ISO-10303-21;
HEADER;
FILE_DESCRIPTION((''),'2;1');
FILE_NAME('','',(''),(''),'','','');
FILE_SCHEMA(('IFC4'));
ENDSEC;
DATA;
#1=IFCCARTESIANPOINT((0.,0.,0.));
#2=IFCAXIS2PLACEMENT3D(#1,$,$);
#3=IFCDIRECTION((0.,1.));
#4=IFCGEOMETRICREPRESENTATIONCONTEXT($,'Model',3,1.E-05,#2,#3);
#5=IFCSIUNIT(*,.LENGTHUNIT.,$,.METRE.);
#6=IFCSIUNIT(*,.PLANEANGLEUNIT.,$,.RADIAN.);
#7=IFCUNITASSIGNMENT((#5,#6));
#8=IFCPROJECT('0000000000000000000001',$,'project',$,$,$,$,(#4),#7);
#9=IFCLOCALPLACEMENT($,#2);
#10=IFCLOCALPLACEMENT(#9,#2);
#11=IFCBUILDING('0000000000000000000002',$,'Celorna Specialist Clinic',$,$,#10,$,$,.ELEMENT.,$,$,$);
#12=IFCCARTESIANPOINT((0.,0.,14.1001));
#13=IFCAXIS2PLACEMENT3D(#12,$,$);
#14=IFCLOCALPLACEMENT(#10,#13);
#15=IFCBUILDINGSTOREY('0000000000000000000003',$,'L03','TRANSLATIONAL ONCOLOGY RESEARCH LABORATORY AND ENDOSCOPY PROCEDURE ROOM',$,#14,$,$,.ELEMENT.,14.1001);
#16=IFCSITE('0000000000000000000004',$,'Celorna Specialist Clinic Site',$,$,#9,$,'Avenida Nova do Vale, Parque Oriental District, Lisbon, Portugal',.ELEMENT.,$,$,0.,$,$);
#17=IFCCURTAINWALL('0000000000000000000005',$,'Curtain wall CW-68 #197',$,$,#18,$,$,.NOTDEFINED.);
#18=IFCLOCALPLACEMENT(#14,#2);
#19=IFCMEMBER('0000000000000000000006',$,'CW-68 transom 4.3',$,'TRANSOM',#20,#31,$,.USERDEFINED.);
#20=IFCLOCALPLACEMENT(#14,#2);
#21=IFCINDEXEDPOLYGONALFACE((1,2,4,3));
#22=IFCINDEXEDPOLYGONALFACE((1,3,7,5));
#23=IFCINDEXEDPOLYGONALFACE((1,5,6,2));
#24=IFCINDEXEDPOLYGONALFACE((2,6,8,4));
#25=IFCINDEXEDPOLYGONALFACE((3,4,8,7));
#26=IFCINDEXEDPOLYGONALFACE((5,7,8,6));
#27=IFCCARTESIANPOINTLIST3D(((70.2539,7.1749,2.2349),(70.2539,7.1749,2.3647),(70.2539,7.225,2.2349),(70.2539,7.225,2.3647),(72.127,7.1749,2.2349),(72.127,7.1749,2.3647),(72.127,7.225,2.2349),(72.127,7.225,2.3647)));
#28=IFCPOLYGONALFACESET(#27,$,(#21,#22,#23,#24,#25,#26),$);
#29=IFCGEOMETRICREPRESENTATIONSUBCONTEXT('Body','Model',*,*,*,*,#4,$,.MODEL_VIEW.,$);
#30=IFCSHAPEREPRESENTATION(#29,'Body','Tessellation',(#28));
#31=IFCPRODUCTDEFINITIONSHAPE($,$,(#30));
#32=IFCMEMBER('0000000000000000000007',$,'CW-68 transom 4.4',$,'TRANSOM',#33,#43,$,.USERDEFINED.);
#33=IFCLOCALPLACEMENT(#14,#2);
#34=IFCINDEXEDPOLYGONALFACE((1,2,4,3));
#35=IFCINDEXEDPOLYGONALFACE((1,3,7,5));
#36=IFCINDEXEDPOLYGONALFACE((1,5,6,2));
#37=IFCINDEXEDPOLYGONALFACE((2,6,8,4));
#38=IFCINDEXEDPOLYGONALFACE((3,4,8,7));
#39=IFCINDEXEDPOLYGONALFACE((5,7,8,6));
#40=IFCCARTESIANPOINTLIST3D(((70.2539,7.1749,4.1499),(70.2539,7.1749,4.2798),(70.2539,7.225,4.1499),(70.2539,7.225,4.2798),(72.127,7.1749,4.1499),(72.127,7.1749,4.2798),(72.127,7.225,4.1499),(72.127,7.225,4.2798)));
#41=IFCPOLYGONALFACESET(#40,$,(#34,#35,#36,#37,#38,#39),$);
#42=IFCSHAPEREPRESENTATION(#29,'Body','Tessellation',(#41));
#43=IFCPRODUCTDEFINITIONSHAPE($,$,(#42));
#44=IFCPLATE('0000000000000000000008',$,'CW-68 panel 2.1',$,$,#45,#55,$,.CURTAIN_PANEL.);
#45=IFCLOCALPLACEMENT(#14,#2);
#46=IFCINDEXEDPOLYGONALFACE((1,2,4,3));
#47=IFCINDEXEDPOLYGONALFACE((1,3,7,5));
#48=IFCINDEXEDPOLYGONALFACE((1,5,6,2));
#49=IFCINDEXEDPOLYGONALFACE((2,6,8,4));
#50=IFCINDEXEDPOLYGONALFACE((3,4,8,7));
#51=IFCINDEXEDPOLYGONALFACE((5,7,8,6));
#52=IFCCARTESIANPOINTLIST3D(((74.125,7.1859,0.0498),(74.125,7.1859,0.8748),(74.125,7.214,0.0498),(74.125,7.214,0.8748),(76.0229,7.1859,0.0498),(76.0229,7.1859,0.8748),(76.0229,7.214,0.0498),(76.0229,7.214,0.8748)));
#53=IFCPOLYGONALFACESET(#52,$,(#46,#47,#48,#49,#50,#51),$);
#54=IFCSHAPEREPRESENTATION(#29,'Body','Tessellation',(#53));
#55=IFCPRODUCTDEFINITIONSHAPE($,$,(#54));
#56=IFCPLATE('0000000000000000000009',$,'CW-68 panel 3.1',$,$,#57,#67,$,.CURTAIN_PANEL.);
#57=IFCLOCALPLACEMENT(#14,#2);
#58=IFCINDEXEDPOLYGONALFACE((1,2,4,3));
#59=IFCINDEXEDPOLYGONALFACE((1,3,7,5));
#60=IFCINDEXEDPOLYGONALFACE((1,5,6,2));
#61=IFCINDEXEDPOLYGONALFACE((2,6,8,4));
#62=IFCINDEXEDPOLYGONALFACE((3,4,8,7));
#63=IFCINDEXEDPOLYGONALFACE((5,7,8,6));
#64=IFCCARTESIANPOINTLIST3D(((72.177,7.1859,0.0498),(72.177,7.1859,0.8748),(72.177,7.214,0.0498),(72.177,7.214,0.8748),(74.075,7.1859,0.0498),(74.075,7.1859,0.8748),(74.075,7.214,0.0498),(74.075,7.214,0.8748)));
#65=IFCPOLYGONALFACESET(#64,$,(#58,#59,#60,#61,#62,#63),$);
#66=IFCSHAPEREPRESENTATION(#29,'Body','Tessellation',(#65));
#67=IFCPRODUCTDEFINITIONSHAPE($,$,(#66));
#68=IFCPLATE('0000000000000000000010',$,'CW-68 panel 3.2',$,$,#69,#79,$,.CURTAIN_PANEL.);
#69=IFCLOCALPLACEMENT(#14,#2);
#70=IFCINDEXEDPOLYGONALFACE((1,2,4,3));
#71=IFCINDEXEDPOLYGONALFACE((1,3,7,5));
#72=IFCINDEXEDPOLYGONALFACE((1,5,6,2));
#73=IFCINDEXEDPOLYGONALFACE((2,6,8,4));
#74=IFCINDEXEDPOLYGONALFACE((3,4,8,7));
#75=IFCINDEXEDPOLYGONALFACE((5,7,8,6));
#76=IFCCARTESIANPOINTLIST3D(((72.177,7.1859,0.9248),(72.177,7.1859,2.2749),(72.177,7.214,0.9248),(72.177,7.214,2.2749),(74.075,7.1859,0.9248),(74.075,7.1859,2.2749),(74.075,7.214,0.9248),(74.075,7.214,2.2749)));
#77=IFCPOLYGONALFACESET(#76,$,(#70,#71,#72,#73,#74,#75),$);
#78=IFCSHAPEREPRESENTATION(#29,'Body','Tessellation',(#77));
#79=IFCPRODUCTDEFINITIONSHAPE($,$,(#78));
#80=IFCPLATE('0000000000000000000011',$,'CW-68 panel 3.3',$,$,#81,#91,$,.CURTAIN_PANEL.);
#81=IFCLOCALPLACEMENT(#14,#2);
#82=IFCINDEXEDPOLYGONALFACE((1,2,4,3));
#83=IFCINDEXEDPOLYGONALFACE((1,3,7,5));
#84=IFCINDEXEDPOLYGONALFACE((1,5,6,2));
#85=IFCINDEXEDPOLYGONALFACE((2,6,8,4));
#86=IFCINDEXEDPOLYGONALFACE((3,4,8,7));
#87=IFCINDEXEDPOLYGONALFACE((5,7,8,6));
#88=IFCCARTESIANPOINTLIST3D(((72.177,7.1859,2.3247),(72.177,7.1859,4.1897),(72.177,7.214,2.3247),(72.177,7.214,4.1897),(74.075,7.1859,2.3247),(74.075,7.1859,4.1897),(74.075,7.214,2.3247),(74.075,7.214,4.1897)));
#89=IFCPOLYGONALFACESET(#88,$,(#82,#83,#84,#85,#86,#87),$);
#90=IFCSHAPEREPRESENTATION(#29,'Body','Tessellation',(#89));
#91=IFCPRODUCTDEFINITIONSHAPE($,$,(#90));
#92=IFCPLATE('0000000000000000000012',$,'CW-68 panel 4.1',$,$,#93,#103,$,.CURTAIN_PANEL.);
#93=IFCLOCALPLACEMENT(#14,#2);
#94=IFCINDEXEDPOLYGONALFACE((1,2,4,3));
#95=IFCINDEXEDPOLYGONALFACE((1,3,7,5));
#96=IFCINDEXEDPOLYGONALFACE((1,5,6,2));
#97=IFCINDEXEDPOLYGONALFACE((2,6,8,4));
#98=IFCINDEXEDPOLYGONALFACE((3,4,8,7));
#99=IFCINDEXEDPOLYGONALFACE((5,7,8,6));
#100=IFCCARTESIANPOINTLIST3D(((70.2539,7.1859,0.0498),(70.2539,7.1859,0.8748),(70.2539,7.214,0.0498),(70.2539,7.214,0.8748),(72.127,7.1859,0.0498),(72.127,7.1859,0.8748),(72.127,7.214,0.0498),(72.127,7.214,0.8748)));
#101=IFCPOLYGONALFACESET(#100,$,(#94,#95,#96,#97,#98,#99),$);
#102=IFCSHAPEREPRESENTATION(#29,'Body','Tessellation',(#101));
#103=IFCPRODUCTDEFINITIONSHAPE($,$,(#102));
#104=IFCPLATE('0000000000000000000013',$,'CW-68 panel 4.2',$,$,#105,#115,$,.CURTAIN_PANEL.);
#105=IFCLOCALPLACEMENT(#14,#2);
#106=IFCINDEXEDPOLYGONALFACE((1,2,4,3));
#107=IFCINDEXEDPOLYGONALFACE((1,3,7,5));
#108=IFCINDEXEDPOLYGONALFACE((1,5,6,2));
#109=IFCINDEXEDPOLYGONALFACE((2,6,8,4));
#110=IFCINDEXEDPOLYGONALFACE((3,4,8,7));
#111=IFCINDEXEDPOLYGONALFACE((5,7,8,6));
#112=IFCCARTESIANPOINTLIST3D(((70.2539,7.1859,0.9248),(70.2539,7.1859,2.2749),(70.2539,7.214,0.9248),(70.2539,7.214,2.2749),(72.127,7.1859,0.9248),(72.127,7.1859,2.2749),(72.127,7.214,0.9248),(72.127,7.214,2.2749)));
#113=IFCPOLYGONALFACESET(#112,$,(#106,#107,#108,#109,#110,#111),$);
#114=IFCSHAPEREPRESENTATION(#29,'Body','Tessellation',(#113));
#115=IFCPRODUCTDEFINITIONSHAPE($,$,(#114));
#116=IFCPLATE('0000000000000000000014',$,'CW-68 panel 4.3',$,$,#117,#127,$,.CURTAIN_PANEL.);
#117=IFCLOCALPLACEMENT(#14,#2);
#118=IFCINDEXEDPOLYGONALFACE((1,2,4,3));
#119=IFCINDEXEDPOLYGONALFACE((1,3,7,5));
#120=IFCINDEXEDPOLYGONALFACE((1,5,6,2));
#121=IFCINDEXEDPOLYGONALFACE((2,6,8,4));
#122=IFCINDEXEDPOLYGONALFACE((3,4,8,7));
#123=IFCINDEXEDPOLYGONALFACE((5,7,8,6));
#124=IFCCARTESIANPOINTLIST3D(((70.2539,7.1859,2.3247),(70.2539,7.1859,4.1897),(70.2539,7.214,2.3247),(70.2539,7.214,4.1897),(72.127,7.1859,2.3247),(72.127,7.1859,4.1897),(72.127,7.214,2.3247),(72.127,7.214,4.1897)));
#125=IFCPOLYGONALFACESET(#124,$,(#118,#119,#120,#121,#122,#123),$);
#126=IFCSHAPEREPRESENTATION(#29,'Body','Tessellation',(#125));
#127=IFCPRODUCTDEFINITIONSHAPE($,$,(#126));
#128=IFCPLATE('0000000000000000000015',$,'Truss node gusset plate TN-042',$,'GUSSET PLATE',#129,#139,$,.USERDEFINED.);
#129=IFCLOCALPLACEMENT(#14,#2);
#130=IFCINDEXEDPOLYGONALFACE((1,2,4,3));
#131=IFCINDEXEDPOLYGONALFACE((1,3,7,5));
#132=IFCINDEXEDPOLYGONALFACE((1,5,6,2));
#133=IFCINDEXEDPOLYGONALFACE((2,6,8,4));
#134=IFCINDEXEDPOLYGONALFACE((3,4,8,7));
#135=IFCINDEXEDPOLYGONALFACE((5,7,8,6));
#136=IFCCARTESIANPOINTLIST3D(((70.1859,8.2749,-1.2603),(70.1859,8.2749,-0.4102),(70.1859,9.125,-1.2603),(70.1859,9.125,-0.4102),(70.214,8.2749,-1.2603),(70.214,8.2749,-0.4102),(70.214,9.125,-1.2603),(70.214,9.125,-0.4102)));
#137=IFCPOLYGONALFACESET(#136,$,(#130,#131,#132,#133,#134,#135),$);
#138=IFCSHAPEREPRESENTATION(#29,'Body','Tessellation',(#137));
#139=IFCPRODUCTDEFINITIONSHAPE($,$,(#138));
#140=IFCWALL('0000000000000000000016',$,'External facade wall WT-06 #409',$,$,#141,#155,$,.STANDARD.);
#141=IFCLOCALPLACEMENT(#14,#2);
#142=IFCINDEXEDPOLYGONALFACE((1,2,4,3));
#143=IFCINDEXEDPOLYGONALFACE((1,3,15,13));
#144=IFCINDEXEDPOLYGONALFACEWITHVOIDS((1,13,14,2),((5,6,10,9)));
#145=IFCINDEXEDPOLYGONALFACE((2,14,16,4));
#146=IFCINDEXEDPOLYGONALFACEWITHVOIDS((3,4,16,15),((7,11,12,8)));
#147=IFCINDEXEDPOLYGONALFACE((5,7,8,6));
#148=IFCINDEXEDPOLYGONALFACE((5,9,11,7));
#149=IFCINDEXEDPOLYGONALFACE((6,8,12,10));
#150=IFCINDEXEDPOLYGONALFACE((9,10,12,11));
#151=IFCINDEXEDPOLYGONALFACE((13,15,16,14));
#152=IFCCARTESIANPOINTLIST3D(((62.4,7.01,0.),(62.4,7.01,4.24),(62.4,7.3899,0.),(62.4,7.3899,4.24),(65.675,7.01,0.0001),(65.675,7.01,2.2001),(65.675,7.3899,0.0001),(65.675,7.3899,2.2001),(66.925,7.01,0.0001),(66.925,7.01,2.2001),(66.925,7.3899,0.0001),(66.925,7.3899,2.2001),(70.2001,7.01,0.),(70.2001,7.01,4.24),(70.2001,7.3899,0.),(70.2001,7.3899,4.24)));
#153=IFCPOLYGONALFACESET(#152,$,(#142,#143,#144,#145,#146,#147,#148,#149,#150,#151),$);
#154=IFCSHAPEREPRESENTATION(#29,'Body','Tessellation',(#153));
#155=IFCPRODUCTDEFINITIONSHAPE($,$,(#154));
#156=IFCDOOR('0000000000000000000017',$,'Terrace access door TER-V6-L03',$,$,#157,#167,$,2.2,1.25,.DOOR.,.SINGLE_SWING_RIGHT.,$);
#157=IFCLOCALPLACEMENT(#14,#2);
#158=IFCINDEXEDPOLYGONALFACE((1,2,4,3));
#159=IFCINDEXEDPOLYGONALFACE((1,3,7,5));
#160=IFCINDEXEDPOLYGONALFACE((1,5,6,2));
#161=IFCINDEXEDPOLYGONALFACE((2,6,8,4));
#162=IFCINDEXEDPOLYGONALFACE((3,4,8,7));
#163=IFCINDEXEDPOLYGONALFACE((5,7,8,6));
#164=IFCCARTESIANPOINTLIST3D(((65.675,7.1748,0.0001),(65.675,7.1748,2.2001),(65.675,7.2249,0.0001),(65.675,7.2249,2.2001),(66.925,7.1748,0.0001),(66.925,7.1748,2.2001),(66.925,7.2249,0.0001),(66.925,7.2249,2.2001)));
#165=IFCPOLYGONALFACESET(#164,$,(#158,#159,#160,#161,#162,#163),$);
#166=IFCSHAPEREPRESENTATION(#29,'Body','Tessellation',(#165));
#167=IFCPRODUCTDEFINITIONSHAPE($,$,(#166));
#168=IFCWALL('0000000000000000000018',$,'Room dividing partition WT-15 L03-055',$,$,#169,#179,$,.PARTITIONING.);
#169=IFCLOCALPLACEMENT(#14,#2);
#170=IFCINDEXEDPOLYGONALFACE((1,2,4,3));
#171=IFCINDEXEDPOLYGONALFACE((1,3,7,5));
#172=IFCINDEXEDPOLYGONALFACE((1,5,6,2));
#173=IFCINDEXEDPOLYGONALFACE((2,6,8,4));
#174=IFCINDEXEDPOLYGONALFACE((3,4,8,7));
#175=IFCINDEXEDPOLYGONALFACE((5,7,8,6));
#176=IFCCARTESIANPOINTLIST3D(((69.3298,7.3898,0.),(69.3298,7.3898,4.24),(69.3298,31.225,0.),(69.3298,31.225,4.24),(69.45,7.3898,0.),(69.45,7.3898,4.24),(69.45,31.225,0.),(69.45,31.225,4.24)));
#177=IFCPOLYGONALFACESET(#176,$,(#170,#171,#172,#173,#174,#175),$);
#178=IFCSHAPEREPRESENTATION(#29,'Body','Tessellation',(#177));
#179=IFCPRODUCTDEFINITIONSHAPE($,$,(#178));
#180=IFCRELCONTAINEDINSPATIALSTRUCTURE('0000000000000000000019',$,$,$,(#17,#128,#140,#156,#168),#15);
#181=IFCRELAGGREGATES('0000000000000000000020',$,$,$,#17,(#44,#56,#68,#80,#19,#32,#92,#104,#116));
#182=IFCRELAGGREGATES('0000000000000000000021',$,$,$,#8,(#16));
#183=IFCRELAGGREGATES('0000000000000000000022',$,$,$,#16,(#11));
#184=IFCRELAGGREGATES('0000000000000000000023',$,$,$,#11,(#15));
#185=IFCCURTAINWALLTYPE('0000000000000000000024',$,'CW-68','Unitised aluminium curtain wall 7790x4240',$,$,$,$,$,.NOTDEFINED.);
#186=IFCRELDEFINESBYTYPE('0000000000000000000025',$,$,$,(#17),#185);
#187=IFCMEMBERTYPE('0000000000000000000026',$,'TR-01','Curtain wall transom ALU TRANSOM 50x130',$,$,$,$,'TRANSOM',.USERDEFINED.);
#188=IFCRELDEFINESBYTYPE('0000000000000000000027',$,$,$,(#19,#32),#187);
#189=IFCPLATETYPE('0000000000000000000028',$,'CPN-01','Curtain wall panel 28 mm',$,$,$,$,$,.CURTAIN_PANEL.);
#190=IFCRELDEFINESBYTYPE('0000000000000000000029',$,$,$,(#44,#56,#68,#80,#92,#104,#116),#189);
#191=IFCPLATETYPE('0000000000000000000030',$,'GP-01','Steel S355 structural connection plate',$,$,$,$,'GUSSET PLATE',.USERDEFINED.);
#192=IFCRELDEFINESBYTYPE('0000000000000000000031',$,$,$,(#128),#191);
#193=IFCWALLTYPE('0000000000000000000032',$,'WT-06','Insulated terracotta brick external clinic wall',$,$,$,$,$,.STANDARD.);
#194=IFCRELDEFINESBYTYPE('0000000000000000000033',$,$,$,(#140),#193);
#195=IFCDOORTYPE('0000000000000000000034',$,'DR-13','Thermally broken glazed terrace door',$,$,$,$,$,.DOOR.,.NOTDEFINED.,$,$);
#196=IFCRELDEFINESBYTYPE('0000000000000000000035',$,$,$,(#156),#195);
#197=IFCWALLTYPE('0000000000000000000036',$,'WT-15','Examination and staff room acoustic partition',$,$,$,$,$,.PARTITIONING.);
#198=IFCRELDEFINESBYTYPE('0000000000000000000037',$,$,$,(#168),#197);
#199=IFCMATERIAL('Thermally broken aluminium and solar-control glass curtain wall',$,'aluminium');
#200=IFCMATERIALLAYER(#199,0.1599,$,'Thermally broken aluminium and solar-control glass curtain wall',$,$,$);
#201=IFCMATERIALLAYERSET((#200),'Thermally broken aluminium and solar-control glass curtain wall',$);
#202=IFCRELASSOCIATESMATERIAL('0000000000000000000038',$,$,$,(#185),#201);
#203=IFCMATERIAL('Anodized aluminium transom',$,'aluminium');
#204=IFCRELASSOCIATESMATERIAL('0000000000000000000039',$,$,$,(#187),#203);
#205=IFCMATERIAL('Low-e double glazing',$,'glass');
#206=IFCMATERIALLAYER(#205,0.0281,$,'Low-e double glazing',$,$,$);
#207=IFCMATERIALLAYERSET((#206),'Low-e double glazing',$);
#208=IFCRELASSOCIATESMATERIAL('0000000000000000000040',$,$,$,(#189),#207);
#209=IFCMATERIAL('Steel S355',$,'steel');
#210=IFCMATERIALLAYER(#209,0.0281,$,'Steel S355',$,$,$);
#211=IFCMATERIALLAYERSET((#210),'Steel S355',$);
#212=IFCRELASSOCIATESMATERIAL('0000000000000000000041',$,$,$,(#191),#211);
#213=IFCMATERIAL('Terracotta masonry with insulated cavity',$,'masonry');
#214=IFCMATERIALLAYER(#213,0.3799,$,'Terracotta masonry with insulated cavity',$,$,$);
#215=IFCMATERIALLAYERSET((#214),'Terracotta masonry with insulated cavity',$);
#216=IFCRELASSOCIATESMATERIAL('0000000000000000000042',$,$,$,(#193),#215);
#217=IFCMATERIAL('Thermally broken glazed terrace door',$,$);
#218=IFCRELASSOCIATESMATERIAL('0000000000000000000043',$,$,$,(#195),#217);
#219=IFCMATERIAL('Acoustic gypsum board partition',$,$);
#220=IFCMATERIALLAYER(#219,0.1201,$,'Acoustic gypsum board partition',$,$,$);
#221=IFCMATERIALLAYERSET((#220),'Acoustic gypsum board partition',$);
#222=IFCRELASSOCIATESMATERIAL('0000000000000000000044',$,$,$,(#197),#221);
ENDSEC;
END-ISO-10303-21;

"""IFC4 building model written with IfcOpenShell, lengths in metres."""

from ifc_helpers import new_model, si_unit, direction, frame, frame_2d, origin, origin_2d, place, context, subcontext, project, spatial, rectangle, extrude, material, layer, layer_set, material_profile, profile_set, type_object, element, fill, aggregate, save


model = new_model("IFC4")

# Units and contexts
model_context = context("Model", 3, precision=1e-05, world=origin(), true_north=direction((0.0, 1.0)))
body_context = subcontext(model_context, "Body", "Model", "MODEL_VIEW")
ifc_project = project(units=[si_unit("LENGTHUNIT", "METRE"), si_unit("PLANEANGLEUNIT", "RADIAN")], contexts=[model_context])

# Site, building, storey
site_placement = place(None, origin())
site = spatial("IfcSite", under=ifc_project, at=site_placement, Name="Celorna Specialist Clinic Site", LongName="Avenida Nova do Vale, Parque Oriental District, Lisbon, Portugal", CompositionType="ELEMENT", RefElevation=0.0)
building_placement = place(site_placement, origin())
building = spatial("IfcBuilding", under=site, at=building_placement, Name="Celorna Specialist Clinic", CompositionType="ELEMENT")
storey_placement = place(building_placement, frame((0.0, 0.0, 14.1001)))
storey = spatial("IfcBuildingStorey", under=building, at=storey_placement, Name="L03", Description="TRANSLATIONAL ONCOLOGY RESEARCH LABORATORY AND ENDOSCOPY PROCEDURE ROOM", CompositionType="ELEMENT", Elevation=14.1001)

# Shared definitions
ifc_material_1 = material(Name="Steel S355", Category="steel")

# Curtain wall, members, plates
ifc_material_2 = material(Name="Thermally broken aluminium and solar-control glass curtain wall", Category="aluminium")
ifc_layer_1 = layer(ifc_material_2, 0.1599, Name="Thermally broken aluminium and solar-control glass curtain wall")
ifc_layer_set_1 = layer_set([ifc_layer_1], Name="Thermally broken aluminium and solar-control glass curtain wall")
curtain_wall_type = type_object("IfcCurtainWallType", Name="CW-68", Description="Unitised aluminium curtain wall 7790x4240", PredefinedType="NOTDEFINED", material=ifc_layer_set_1)
curtain_wall_placement = place(storey_placement, origin())
curtain_wall = element("IfcCurtainWall", 1, at=curtain_wall_placement, inside=storey, type_object=curtain_wall_type, Name="Curtain wall CW-68 #197", PredefinedType="NOTDEFINED")
ifc_material_3 = material(Name="Anodized aluminium transom", Category="aluminium")
ifc_material_profile_1 = material_profile(ifc_material_3, rectangle(XDim=0.05, YDim=0.1299, at=origin_2d()), Name="ALU TRANSOM 50x130")
ifc_profile_set_1 = profile_set([ifc_material_profile_1], Name="Anodized aluminium transom")
member_type_1 = type_object("IfcMemberType", Name="TR-01", Description="Curtain wall transom ALU TRANSOM 50x130", ElementType="TRANSOM", PredefinedType="USERDEFINED", material=ifc_profile_set_1)
member_1_placement = place(storey_placement, frame((72.127, 7.2, 2.2998), z_axis=(-1.0, 0.0, 0.0), x_axis=(0.0, -1.0, 0.0)))
member_1 = element("IfcMember", 2, at=member_1_placement, type_object=member_type_1, Name="CW-68 transom 4.3", ObjectType="TRANSOM", PredefinedType="USERDEFINED", context=body_context, shape_type="SweptSolid", body=[
    extrude(rectangle(XDim=0.05, YDim=0.1299, at=origin_2d()), origin(), (0.0, 0.0, 1.0), 1.873),
])
member_2_placement = place(storey_placement, frame((72.127, 7.2, 4.2148), z_axis=(-1.0, 0.0, 0.0), x_axis=(0.0, -1.0, 0.0)))
member_2 = element("IfcMember", 3, at=member_2_placement, type_object=member_type_1, Name="CW-68 transom 4.4", ObjectType="TRANSOM", PredefinedType="USERDEFINED", context=body_context, shape_type="SweptSolid", body=[
    extrude(rectangle(XDim=0.05, YDim=0.1299, at=origin_2d()), origin(), (0.0, 0.0, 1.0), 1.873),
])
ifc_material_4 = material(Name="Low-e double glazing", Category="glass")
ifc_layer_2 = layer(ifc_material_4, 0.0281, Name="Low-e double glazing")
ifc_layer_set_2 = layer_set([ifc_layer_2], Name="Low-e double glazing")
plate_type_1 = type_object("IfcPlateType", Name="CPN-01", Description="Curtain wall panel 28 mm", PredefinedType="CURTAIN_PANEL", material=ifc_layer_set_2)
plate_1_placement = place(storey_placement, frame((75.074, 7.2, 0.0498), z_axis=(0.0, 0.0, 1.0), x_axis=(-1.0, 0.0, 0.0)))
plate_1 = element("IfcPlate", 4, at=plate_1_placement, type_object=plate_type_1, Name="CW-68 panel 2.1", PredefinedType="CURTAIN_PANEL", context=body_context, shape_type="SweptSolid", body=[
    extrude(rectangle(XDim=1.8979, YDim=0.0281, at=origin_2d()), origin(), (0.0, 0.0, 1.0), 0.825),
])
plate_2_placement = place(storey_placement, frame((73.126, 7.2, 0.0498), z_axis=(0.0, 0.0, 1.0), x_axis=(-1.0, 0.0, 0.0)))
plate_2 = element("IfcPlate", 5, at=plate_2_placement, type_object=plate_type_1, Name="CW-68 panel 3.1", PredefinedType="CURTAIN_PANEL", context=body_context, shape_type="SweptSolid", body=[
    extrude(rectangle(XDim=1.8979, YDim=0.0281, at=origin_2d()), origin(), (0.0, 0.0, 1.0), 0.825),
])
plate_3_placement = place(storey_placement, frame((73.126, 7.2, 0.9248), z_axis=(0.0, 0.0, 1.0), x_axis=(-1.0, 0.0, 0.0)))
plate_3 = element("IfcPlate", 6, at=plate_3_placement, type_object=plate_type_1, Name="CW-68 panel 3.2", PredefinedType="CURTAIN_PANEL", context=body_context, shape_type="SweptSolid", body=[
    extrude(rectangle(XDim=1.8979, YDim=0.0281, at=origin_2d()), origin(), (0.0, 0.0, 1.0), 1.3501),
])
plate_4_placement = place(storey_placement, frame((73.126, 7.2, 2.3247), z_axis=(0.0, 0.0, 1.0), x_axis=(-1.0, 0.0, 0.0)))
plate_4 = element("IfcPlate", 7, at=plate_4_placement, type_object=plate_type_1, Name="CW-68 panel 3.3", PredefinedType="CURTAIN_PANEL", context=body_context, shape_type="SweptSolid", body=[
    extrude(rectangle(XDim=1.8979, YDim=0.0281, at=origin_2d()), origin(), (0.0, 0.0, 1.0), 1.865),
])
plate_5_placement = place(storey_placement, frame((71.1904, 7.2, 0.0498), z_axis=(0.0, 0.0, 1.0), x_axis=(-1.0, 0.0, 0.0)))
plate_5 = element("IfcPlate", 8, at=plate_5_placement, type_object=plate_type_1, Name="CW-68 panel 4.1", PredefinedType="CURTAIN_PANEL", context=body_context, shape_type="SweptSolid", body=[
    extrude(rectangle(XDim=1.873, YDim=0.0281, at=origin_2d()), origin(), (0.0, 0.0, 1.0), 0.825),
])
plate_6_placement = place(storey_placement, frame((71.1904, 7.2, 0.9248), z_axis=(0.0, 0.0, 1.0), x_axis=(-1.0, 0.0, 0.0)))
plate_6 = element("IfcPlate", 9, at=plate_6_placement, type_object=plate_type_1, Name="CW-68 panel 4.2", PredefinedType="CURTAIN_PANEL", context=body_context, shape_type="SweptSolid", body=[
    extrude(rectangle(XDim=1.873, YDim=0.0281, at=origin_2d()), origin(), (0.0, 0.0, 1.0), 1.3501),
])
plate_7_placement = place(storey_placement, frame((71.1904, 7.2, 2.3247), z_axis=(0.0, 0.0, 1.0), x_axis=(-1.0, 0.0, 0.0)))
plate_7 = element("IfcPlate", 10, at=plate_7_placement, type_object=plate_type_1, Name="CW-68 panel 4.3", PredefinedType="CURTAIN_PANEL", context=body_context, shape_type="SweptSolid", body=[
    extrude(rectangle(XDim=1.873, YDim=0.0281, at=origin_2d()), origin(), (0.0, 0.0, 1.0), 1.865),
])
aggregate(curtain_wall, [plate_1, plate_2, plate_3, plate_4, member_1, member_2, plate_5, plate_6, plate_7])

# Plate
ifc_layer_3 = layer(ifc_material_1, 0.0281, Name="Steel S355")
ifc_layer_set_3 = layer_set([ifc_layer_3], Name="Steel S355")
plate_type_2 = type_object("IfcPlateType", Name="GP-01", Description="Steel S355 structural connection plate", ElementType="GUSSET PLATE", PredefinedType="USERDEFINED", material=ifc_layer_set_3)
plate_8_placement = place(storey_placement, frame((70.2, 8.7, -1.2603), z_axis=(0.0, 0.0, 1.0), x_axis=(0.0, 1.0, 0.0)))
element("IfcPlate", 11, at=plate_8_placement, inside=storey, type_object=plate_type_2, Name="Truss node gusset plate TN-042", ObjectType="GUSSET PLATE", PredefinedType="USERDEFINED", context=body_context, shape_type="SweptSolid", body=[
    extrude(rectangle(XDim=0.8501, YDim=0.0281, at=origin_2d()), origin(), (0.0, 0.0, 1.0), 0.8501),
])

# Wall, opening, door
ifc_material_5 = material(Name="Terracotta masonry with insulated cavity", Category="masonry")
ifc_layer_4 = layer(ifc_material_5, 0.3799, Name="Terracotta masonry with insulated cavity")
ifc_layer_set_4 = layer_set([ifc_layer_4], Name="Terracotta masonry with insulated cavity")
wall_type_1 = type_object("IfcWallType", Name="WT-06", Description="Insulated terracotta brick external clinic wall", PredefinedType="STANDARD", material=ifc_layer_set_4)
wall_1_placement = place(storey_placement, frame((70.2, 7.2, 0.0), z_axis=(0.0, 0.0, 1.0), x_axis=(-1.0, 0.0, 0.0)))
wall_1 = element("IfcWall", 12, at=wall_1_placement, inside=storey, type_object=wall_type_1, Name="External facade wall WT-06 #409", PredefinedType="STANDARD", context=body_context, shape_type="SweptSolid", body=[
    extrude(rectangle(XDim=7.8, YDim=0.3799, at=frame_2d((3.8999, 0.0))), origin(), (0.0, 0.0, 1.0), 4.24),
])
opening_placement = place(wall_1_placement, frame((3.2749, 0.0, 0.0)))
opening = element("IfcOpeningElement", 13, at=opening_placement, cuts=wall_1, PredefinedType="OPENING", context=body_context, shape_type="SweptSolid", body=[
    extrude(rectangle(XDim=1.25, YDim=2.2, at=frame_2d((0.625, 1.1001))), frame((0.0, 0.2, 0.0), z_axis=(0.0, -1.0, 0.0), x_axis=(1.0, 0.0, 0.0)), (0.0, 0.0, 1.0), 0.3999),
])
ifc_material_6 = material(Name="Thermally broken glazed terrace door")
door_type = type_object("IfcDoorType", Name="DR-13", Description="Thermally broken glazed terrace door", OperationType="NOTDEFINED", PredefinedType="DOOR", material=ifc_material_6)
door_placement = place(opening_placement, frame((1.25, 0.0, 0.0), z_axis=(0.0, 0.0, 1.0), x_axis=(-1.0, 0.0, 0.0)))
door = element("IfcDoor", 14, at=door_placement, inside=storey, type_object=door_type, Name="Terrace access door TER-V6-L03", OperationType="SINGLE_SWING_RIGHT", OverallHeight=2.2, OverallWidth=1.25, PredefinedType="DOOR", context=body_context, shape_type="SweptSolid", body=[
    extrude(rectangle(XDim=1.25, YDim=2.2, at=frame_2d((0.625, 1.1001))), frame((0.0, 0.0249, 0.0), z_axis=(0.0, -1.0, 0.0), x_axis=(1.0, 0.0, 0.0)), (0.0, 0.0, 1.0), 0.05),
])
fill(opening, door)

# Wall
ifc_material_7 = material(Name="Acoustic gypsum board partition")
ifc_layer_5 = layer(ifc_material_7, 0.1201, Name="Acoustic gypsum board partition")
ifc_layer_set_5 = layer_set([ifc_layer_5], Name="Acoustic gypsum board partition")
wall_type_2 = type_object("IfcWallType", Name="WT-15", Description="Examination and staff room acoustic partition", PredefinedType="PARTITIONING", material=ifc_layer_set_5)
wall_2_placement = place(storey_placement, frame((69.3899, 7.3899, 0.0), z_axis=(0.0, 0.0, 1.0), x_axis=(0.0, 1.0, 0.0)))
element("IfcWall", 15, at=wall_2_placement, inside=storey, type_object=wall_type_2, Name="Room dividing partition WT-15 L03-055", PredefinedType="PARTITIONING", context=body_context, shape_type="SweptSolid", body=[
    extrude(rectangle(XDim=23.8352, YDim=0.1201, at=frame_2d((11.9175, 0.0))), origin(), (0.0, 0.0, 1.0), 4.24),
])

save(model, "model.ifc")
